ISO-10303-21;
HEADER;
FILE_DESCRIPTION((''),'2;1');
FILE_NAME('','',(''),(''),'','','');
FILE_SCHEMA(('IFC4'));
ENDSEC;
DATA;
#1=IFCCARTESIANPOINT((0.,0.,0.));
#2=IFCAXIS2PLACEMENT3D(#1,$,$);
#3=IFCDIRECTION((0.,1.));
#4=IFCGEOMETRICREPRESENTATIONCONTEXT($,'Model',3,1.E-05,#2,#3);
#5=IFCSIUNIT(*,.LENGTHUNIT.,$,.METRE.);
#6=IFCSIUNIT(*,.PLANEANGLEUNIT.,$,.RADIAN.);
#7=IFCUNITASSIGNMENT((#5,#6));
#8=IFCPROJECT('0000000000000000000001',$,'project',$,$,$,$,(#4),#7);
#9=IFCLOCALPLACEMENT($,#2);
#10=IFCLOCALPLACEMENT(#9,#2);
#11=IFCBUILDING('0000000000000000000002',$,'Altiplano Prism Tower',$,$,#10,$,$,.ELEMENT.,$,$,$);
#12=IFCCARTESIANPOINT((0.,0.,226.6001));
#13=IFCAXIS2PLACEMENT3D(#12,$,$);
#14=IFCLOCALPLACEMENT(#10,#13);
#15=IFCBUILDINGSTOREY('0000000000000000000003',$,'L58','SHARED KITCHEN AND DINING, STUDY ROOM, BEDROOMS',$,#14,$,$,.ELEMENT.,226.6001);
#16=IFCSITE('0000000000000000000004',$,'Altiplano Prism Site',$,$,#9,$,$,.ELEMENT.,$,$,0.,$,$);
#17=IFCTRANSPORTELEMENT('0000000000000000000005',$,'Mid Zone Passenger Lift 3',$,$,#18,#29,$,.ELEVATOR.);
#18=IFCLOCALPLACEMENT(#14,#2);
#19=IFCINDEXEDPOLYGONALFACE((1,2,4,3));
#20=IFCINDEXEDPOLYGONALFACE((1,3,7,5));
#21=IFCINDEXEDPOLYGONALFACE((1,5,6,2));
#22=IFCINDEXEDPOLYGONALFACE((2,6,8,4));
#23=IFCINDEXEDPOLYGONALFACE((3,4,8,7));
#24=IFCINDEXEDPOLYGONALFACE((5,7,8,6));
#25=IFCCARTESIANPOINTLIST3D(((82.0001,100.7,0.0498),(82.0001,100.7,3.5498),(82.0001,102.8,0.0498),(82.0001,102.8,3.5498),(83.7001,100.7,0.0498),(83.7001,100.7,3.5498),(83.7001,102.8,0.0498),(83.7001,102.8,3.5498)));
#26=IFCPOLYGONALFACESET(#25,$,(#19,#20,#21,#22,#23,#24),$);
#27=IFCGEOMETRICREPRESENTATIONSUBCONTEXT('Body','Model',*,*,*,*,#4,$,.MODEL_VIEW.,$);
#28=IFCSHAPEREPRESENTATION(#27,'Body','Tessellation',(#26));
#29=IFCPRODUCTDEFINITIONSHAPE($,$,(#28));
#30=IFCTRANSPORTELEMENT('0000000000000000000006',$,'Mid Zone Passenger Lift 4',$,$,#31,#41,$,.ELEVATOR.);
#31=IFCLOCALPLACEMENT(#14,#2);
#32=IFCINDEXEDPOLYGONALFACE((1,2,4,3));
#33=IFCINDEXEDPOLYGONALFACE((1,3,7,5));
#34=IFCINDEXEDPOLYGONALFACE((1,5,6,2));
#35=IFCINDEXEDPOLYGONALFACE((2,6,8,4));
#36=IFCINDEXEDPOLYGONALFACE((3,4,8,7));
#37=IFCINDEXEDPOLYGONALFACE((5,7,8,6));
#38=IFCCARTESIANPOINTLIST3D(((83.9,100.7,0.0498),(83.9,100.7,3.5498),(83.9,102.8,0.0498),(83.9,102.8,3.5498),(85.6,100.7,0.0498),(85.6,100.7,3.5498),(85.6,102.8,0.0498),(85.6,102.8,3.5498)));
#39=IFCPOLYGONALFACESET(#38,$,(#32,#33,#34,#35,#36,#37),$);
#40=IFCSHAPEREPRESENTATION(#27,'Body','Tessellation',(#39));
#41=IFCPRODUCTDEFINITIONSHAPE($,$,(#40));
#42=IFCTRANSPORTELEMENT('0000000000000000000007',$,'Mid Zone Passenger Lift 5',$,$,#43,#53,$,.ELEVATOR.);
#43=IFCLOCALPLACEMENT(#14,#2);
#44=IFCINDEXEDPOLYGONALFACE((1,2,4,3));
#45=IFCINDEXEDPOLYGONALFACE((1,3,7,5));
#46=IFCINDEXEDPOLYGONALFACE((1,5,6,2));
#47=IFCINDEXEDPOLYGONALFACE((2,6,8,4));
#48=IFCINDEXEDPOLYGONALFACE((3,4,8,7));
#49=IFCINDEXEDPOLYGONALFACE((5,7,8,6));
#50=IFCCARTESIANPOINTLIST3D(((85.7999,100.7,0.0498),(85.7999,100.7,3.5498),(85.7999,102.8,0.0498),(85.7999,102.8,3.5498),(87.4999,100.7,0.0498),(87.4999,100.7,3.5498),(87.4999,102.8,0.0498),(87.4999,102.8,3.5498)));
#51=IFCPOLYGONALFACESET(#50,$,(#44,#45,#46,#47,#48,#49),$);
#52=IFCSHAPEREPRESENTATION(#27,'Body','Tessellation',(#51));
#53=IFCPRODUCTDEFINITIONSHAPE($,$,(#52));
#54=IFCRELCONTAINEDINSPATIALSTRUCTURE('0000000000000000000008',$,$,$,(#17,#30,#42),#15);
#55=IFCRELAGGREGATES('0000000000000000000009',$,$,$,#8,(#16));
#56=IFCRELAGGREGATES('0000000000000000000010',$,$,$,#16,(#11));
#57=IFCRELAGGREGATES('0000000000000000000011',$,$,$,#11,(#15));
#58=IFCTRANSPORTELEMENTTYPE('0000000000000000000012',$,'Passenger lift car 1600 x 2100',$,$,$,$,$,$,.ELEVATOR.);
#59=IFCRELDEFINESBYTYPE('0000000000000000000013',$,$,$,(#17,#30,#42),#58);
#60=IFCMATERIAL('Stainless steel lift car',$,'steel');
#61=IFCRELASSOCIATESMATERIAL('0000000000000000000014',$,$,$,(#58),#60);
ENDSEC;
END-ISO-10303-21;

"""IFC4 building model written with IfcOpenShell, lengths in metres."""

from ifc_helpers import new_model, si_unit, direction, frame, origin, origin_2d, place, context, subcontext, project, spatial, rectangle, extrude, material, type_object, element, save


model = new_model("IFC4")

# Units and contexts
model_context = context("Model", 3, precision=1e-05, world=origin(), true_north=direction((0.0, 1.0)))
body_context = subcontext(model_context, "Body", "Model", "MODEL_VIEW")
ifc_project = project(units=[si_unit("LENGTHUNIT", "METRE"), si_unit("PLANEANGLEUNIT", "RADIAN")], contexts=[model_context])

# Site, building, storey
site_placement = place(None, origin())
site = spatial("IfcSite", under=ifc_project, at=site_placement, Name="Altiplano Prism Site", CompositionType="ELEMENT", RefElevation=0.0)
building_placement = place(site_placement, origin())
building = spatial("IfcBuilding", under=site, at=building_placement, Name="Altiplano Prism Tower", CompositionType="ELEMENT")
storey_placement = place(building_placement, frame((0.0, 0.0, 226.6001)))
storey = spatial("IfcBuildingStorey", under=building, at=storey_placement, Name="L58", Description="SHARED KITCHEN AND DINING, STUDY ROOM, BEDROOMS", CompositionType="ELEMENT", Elevation=226.6001)

# Transport elements
ifc_material_1 = material(Name="Stainless steel lift car", Category="steel")
transport_element_type = type_object("IfcTransportElementType", Name="Passenger lift car 1600 x 2100", PredefinedType="ELEVATOR", material=ifc_material_1)
for number, where, z_axis, x_axis, name in (
    (1, (82.8501, 101.75, 0.0498), (0.0, 0.0, 1.0), (1.0, 0.0, 0.0), "Mid Zone Passenger Lift 3"),
    (2, (84.75, 101.75, 0.0498), (0.0, 0.0, 1.0), (1.0, 0.0, 0.0), "Mid Zone Passenger Lift 4"),
    (3, (86.6499, 101.75, 0.0498), (0.0, 0.0, 1.0), (1.0, 0.0, 0.0), "Mid Zone Passenger Lift 5"),
):
    element("IfcTransportElement", number, at=place(storey_placement, frame(where, z_axis=z_axis, x_axis=x_axis)), inside=storey, type_object=transport_element_type, Name=name, PredefinedType="ELEVATOR", context=body_context, shape_type="SweptSolid", body=[
        extrude(rectangle(XDim=1.7, YDim=2.1001, at=origin_2d()), origin(), (0.0, 0.0, 1.0), 3.5),
    ])

save(model, "model.ifc")
